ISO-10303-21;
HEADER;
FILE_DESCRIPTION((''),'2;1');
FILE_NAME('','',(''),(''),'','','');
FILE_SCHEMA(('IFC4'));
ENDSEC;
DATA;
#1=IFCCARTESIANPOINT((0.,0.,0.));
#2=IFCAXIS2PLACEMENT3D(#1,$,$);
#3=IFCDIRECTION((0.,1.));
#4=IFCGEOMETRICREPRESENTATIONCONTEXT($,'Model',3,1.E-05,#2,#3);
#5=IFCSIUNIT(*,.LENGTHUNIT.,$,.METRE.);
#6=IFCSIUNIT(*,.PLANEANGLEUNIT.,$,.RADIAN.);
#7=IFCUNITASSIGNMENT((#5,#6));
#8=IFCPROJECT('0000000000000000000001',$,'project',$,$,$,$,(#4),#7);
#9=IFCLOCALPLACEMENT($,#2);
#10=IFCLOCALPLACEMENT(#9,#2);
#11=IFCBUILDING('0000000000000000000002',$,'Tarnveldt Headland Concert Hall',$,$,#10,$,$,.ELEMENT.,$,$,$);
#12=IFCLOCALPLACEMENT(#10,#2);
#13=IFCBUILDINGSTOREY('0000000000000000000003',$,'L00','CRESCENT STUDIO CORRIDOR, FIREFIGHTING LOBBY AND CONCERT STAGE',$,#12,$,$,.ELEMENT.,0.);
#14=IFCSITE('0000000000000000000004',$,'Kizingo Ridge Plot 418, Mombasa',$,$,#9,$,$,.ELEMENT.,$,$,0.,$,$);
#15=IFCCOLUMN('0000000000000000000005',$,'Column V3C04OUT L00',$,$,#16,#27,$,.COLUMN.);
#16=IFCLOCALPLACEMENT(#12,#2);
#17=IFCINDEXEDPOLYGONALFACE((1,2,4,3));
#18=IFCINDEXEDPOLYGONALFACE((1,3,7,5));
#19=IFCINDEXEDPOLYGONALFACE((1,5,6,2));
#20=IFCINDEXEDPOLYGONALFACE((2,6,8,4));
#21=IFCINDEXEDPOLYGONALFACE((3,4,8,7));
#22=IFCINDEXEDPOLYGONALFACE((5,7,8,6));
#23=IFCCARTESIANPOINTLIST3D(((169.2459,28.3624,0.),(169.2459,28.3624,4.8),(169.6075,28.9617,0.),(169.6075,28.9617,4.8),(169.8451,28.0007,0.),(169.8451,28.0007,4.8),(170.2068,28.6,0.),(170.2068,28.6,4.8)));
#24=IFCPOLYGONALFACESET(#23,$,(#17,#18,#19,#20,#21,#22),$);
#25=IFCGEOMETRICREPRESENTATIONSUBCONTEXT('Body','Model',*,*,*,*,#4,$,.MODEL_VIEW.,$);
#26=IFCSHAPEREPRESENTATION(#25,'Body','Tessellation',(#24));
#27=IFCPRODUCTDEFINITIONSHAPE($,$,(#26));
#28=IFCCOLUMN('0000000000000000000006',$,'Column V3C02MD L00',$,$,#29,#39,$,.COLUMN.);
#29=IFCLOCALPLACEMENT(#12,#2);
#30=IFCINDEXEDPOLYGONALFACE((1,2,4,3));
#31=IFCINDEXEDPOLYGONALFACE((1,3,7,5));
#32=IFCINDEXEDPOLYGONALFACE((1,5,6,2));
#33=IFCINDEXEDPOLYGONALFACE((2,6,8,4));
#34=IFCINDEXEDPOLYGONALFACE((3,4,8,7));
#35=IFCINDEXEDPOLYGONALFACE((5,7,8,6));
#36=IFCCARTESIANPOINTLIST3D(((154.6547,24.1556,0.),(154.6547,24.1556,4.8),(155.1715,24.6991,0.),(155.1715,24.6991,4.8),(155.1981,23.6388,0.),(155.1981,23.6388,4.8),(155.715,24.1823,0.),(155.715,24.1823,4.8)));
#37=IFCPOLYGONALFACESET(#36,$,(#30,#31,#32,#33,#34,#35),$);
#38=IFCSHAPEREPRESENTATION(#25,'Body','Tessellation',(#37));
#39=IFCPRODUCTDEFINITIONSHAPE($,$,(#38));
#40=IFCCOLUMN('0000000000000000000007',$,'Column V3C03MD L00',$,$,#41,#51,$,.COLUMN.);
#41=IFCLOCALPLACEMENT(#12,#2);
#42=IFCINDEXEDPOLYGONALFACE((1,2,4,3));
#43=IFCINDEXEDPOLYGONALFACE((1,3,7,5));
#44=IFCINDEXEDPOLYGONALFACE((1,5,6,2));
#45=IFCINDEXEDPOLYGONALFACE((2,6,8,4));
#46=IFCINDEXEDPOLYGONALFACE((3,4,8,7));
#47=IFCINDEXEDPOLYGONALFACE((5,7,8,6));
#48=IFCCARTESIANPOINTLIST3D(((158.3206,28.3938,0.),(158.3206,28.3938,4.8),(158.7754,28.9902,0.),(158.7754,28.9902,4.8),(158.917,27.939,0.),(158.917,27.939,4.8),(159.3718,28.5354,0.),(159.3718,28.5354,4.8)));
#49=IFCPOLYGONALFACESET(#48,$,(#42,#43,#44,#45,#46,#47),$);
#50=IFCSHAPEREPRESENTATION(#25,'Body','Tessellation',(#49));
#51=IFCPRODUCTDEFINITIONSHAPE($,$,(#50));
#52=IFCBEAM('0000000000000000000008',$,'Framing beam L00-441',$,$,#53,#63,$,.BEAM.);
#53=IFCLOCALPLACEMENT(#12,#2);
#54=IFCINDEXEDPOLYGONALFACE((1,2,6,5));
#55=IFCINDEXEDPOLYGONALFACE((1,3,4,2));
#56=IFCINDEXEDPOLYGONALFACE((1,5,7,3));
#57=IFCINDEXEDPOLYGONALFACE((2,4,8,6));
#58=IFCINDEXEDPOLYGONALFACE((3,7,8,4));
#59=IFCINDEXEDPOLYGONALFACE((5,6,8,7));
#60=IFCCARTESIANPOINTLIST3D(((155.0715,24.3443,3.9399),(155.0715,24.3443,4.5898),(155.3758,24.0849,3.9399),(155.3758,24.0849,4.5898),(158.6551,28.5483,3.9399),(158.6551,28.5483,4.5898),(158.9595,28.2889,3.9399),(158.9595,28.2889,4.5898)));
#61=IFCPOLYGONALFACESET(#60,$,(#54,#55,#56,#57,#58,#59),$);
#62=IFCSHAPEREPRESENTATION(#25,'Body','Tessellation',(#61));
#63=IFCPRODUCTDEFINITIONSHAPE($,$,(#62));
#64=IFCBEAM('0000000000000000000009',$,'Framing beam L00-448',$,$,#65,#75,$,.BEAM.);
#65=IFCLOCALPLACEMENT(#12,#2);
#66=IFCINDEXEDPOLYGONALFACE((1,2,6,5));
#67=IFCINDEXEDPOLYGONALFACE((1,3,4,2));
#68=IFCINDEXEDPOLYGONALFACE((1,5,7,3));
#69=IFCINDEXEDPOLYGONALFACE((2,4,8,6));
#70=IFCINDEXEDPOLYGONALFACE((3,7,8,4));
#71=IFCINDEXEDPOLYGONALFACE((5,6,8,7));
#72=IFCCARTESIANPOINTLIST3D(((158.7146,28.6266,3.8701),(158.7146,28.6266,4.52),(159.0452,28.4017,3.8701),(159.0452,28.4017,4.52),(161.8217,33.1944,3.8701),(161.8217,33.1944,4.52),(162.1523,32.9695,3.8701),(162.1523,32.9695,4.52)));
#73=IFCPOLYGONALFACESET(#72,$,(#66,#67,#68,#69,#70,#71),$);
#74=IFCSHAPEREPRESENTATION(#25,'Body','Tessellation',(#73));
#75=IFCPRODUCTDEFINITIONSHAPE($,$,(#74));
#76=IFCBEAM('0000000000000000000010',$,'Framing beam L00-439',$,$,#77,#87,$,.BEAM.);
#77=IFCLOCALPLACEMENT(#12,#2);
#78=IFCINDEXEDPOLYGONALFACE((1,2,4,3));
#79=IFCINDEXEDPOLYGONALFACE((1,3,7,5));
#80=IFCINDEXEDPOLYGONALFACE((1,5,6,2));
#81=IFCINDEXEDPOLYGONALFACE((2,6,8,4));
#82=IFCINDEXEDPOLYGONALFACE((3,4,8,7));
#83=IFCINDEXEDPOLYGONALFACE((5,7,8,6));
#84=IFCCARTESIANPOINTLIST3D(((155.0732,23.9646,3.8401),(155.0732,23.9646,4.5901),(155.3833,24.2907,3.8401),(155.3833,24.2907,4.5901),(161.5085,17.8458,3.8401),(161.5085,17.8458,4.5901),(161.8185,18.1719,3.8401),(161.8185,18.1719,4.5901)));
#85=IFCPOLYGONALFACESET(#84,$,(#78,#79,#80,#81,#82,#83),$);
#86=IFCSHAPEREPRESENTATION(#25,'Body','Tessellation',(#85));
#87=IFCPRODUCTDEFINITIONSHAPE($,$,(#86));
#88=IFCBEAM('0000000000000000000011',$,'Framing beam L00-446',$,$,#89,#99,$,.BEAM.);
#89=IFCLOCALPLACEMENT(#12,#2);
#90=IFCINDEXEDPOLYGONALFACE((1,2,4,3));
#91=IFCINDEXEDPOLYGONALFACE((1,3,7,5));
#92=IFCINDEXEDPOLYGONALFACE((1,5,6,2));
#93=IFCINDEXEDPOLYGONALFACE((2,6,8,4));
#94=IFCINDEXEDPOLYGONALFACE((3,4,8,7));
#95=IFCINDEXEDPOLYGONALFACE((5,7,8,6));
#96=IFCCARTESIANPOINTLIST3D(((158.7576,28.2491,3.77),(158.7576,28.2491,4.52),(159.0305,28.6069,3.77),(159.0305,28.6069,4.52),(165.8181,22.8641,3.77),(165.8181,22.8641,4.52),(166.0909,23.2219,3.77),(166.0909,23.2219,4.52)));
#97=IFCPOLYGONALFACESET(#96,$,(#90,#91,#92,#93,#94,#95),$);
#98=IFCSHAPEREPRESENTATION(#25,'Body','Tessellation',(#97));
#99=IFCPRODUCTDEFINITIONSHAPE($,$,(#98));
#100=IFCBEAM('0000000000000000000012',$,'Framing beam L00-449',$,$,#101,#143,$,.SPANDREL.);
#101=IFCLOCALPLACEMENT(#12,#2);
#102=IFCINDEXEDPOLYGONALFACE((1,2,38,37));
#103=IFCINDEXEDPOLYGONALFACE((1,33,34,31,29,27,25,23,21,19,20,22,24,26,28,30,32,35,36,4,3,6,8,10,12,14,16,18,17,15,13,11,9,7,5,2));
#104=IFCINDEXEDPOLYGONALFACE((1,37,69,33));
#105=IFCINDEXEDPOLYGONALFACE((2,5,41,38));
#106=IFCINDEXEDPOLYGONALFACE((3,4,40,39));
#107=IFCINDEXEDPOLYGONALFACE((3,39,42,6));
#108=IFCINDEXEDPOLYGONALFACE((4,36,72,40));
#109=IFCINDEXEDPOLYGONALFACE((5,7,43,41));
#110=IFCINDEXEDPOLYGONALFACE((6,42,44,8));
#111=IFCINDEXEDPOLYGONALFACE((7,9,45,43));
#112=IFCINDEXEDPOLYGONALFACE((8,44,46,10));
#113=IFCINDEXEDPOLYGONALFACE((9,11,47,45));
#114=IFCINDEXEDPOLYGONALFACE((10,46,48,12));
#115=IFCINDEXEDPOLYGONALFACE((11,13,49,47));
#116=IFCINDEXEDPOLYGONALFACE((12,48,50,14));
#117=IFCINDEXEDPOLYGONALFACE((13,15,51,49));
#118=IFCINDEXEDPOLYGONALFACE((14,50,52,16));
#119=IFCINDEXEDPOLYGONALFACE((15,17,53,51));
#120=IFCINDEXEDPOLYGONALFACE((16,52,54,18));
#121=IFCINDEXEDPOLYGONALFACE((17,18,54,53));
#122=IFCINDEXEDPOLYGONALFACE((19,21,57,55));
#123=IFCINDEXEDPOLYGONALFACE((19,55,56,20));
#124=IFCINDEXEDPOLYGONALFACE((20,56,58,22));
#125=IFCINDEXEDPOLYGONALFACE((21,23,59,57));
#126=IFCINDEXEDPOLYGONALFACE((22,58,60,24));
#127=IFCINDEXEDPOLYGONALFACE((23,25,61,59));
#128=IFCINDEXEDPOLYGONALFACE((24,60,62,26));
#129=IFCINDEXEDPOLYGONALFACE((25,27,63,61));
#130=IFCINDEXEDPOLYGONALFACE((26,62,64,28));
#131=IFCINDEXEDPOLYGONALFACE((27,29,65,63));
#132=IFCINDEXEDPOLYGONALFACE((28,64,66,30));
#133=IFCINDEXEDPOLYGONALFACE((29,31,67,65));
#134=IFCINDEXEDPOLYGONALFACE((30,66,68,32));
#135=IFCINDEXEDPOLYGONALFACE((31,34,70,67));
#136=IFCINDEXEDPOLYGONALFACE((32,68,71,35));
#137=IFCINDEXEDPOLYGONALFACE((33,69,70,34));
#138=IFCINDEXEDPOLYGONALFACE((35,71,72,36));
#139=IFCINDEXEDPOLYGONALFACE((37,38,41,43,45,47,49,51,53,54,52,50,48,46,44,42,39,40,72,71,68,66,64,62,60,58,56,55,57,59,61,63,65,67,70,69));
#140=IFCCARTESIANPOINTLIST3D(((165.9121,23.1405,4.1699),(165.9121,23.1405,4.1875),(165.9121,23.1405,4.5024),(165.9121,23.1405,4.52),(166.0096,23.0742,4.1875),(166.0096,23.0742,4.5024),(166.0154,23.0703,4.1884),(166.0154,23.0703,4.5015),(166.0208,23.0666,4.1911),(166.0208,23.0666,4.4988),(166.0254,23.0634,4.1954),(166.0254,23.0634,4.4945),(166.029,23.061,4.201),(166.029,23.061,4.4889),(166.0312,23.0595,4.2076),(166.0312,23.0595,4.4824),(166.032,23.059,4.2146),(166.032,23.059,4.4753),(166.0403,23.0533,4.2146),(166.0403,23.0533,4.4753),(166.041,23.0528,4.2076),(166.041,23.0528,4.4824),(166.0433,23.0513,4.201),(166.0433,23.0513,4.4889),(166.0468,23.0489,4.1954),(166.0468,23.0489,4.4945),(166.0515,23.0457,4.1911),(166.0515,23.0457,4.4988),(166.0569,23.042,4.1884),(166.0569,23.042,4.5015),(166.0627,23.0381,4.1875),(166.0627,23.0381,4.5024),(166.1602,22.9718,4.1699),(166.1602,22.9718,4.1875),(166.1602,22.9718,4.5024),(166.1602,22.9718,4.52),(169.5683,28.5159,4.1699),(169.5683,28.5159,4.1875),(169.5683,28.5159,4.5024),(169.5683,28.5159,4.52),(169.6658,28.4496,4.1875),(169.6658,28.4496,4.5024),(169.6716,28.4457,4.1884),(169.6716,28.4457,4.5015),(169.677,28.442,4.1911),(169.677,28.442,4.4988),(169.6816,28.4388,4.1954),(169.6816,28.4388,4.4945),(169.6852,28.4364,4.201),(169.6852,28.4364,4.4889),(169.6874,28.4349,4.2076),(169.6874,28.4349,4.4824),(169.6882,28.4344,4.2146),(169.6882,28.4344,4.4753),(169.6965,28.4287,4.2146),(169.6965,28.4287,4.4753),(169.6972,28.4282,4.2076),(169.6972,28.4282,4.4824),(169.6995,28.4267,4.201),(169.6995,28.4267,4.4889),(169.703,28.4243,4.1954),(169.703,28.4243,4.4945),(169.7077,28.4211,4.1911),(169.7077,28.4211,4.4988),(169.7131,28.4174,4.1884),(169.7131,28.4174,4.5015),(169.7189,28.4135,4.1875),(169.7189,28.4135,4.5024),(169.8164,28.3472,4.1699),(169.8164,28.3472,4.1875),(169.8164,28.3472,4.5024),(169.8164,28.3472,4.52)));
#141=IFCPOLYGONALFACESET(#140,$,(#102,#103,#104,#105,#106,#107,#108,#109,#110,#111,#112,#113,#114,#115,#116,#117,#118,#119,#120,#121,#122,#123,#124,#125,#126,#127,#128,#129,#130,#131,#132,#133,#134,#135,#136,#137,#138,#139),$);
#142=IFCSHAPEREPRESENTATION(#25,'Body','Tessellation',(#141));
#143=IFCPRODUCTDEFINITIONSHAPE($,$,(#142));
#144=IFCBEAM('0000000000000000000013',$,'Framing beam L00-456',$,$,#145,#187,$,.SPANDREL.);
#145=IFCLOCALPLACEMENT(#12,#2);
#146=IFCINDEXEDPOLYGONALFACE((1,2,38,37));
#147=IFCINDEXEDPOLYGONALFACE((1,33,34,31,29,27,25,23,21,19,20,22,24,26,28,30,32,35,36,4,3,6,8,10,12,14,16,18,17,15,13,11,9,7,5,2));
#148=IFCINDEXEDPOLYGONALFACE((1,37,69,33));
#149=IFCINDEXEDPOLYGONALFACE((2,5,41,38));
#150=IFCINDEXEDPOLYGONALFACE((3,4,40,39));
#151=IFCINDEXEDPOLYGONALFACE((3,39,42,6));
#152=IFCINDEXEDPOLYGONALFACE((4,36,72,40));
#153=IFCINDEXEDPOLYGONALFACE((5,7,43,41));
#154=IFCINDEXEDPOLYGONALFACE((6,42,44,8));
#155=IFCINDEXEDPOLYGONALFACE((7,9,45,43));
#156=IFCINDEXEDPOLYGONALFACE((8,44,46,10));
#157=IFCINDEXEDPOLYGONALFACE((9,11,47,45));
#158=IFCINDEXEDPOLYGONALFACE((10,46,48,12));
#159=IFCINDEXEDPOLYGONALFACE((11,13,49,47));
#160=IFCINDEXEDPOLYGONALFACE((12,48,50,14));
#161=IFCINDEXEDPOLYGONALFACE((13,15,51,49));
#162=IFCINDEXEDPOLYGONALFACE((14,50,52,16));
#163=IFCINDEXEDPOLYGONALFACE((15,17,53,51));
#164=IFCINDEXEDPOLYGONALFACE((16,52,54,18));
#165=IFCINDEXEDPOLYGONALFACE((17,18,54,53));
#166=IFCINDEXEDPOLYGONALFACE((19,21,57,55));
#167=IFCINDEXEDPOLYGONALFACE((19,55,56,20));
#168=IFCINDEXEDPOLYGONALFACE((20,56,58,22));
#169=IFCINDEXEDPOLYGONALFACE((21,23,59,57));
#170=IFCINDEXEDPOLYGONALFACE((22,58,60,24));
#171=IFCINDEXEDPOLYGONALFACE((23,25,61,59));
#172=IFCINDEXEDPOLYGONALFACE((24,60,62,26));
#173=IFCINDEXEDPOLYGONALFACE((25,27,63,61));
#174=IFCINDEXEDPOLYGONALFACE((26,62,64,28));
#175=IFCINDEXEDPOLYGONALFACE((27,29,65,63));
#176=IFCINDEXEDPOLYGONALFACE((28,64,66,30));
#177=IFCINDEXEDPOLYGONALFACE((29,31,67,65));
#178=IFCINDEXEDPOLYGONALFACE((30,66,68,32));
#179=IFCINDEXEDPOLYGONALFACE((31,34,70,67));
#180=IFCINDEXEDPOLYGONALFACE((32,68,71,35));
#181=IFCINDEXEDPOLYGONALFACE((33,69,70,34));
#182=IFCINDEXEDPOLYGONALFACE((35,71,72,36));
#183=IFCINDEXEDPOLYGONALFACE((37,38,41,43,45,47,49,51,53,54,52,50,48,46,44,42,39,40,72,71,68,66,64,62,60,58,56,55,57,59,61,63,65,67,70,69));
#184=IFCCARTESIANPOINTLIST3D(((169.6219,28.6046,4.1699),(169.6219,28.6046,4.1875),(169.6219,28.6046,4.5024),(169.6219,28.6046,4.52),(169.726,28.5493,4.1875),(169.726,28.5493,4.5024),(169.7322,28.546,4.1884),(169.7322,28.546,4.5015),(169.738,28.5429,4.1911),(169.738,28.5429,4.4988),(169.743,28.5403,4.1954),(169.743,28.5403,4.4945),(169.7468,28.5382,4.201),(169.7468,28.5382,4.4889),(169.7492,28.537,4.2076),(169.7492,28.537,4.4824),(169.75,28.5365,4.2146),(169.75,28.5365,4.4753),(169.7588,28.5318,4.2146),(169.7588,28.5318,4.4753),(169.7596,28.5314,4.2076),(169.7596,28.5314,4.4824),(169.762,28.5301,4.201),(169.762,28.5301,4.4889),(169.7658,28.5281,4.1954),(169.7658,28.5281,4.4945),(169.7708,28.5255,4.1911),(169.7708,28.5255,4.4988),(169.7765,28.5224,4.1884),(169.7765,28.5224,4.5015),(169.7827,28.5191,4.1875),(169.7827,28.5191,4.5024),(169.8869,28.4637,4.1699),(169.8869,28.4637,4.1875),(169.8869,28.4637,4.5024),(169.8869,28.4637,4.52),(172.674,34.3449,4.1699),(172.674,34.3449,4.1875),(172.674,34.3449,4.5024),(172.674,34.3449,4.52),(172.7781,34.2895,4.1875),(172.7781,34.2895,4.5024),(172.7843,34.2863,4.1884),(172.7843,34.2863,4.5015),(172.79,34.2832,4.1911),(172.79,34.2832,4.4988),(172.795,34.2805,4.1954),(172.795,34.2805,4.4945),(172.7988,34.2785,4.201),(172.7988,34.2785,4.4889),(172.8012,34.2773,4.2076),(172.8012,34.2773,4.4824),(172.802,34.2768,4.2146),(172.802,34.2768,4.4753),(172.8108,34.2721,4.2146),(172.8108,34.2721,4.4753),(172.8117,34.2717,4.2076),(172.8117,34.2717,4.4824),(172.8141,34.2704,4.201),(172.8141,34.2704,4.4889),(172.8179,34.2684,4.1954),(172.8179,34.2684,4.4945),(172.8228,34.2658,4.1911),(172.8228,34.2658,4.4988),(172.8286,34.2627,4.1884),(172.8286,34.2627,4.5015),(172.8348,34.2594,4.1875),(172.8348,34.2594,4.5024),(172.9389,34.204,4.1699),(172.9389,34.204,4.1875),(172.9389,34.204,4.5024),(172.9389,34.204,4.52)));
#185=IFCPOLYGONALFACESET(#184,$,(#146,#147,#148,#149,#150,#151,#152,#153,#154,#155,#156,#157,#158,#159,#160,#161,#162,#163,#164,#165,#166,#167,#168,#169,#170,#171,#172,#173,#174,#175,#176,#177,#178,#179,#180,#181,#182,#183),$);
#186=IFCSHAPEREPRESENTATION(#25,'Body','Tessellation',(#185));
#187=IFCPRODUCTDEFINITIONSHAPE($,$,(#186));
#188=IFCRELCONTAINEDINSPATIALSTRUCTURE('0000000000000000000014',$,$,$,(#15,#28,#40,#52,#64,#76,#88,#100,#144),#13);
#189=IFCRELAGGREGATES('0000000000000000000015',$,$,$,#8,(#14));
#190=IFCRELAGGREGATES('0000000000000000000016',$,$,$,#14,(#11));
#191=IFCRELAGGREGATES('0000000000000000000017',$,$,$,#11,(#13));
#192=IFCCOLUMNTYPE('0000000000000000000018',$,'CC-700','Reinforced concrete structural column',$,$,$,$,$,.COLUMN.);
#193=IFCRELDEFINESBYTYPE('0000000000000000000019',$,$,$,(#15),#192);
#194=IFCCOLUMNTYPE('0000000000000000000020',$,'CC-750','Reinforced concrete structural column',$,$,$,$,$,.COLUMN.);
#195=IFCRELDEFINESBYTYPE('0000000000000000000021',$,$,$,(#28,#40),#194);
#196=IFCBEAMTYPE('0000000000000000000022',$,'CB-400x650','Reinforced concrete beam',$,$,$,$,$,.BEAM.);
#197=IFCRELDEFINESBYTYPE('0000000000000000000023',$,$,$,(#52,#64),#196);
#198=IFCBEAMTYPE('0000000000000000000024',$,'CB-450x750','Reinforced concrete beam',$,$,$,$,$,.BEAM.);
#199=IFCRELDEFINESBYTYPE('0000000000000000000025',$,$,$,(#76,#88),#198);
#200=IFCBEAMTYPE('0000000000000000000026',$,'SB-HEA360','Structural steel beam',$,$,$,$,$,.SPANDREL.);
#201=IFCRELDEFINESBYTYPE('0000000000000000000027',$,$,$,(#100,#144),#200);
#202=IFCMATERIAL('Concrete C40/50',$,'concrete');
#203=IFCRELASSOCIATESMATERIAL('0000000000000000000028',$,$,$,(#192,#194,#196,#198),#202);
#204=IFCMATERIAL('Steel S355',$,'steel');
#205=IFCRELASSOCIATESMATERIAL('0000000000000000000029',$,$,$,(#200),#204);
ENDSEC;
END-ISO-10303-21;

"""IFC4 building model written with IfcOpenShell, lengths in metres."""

from ifc_helpers import new_model, si_unit, direction, frame, origin, origin_2d, place, context, subcontext, project, spatial, rectangle, i_section, extrude, material, material_profile, profile_set, type_object, element, save


model = new_model("IFC4")

# Units and contexts
model_context = context("Model", 3, precision=1e-05, world=origin(), true_north=direction((0.0, 1.0)))
body_context = subcontext(model_context, "Body", "Model", "MODEL_VIEW")
ifc_project = project(units=[si_unit("LENGTHUNIT", "METRE"), si_unit("PLANEANGLEUNIT", "RADIAN")], contexts=[model_context])

# Site, building, storey
site_placement = place(None, origin())
site = spatial("IfcSite", under=ifc_project, at=site_placement, Name="Kizingo Ridge Plot 418, Mombasa", CompositionType="ELEMENT", RefElevation=0.0)
building_placement = place(site_placement, origin())
building = spatial("IfcBuilding", under=site, at=building_placement, Name="Tarnveldt Headland Concert Hall", CompositionType="ELEMENT")
storey_placement = place(building_placement, origin())
storey = spatial("IfcBuildingStorey", under=building, at=storey_placement, Name="L00", Description="CRESCENT STUDIO CORRIDOR, FIREFIGHTING LOBBY AND CONCERT STAGE", CompositionType="ELEMENT", Elevation=0.0)

# Columns
ifc_material_1 = material(Name="Concrete C40/50", Category="concrete")
ifc_material_profile_1 = material_profile(ifc_material_1, rectangle(XDim=0.7, YDim=0.7, at=origin_2d()), Name="RC 700x700", Category="concrete")
ifc_profile_set_1 = profile_set([ifc_material_profile_1], Name="Concrete C40/50")
column_type_1 = type_object("IfcColumnType", Name="CC-700", Description="Reinforced concrete structural column", PredefinedType="COLUMN", material=ifc_profile_set_1)
column_placement = place(storey_placement, frame((169.7263, 28.4812, 0.0), z_axis=(0.0, 0.0, 1.0), x_axis=(0.856177, -0.516683, 0.0)))
element("IfcColumn", 1, at=column_placement, inside=storey, type_object=column_type_1, Name="Column V3C04OUT L00", PredefinedType="COLUMN", context=body_context, shape_type="SweptSolid", body=[
    extrude(rectangle(XDim=0.7, YDim=0.7, at=origin_2d()), origin(), (0.0, 0.0, 1.0), 4.8),
])
ifc_material_profile_2 = material_profile(ifc_material_1, rectangle(XDim=0.75, YDim=0.75, at=origin_2d()), Name="RC 750x750", Category="concrete")
ifc_profile_set_2 = profile_set([ifc_material_profile_2], Name="Concrete C40/50")
column_type_2 = type_object("IfcColumnType", Name="CC-750", Description="Reinforced concrete structural column", PredefinedType="COLUMN", material=ifc_profile_set_2)
for number, where, z_axis, x_axis, name in (
    (2, (155.1848, 24.1689, 0.0), (0.0, 0.0, 1.0), (0.724653, -0.689114, 0.0), "Column V3C02MD L00"),
    (3, (158.8462, 28.4646, 0.0), (0.0, 0.0, 1.0), (0.795156, -0.606405, 0.0), "Column V3C03MD L00"),
):
    element("IfcColumn", number, at=place(storey_placement, frame(where, z_axis=z_axis, x_axis=x_axis)), inside=storey, type_object=column_type_2, Name=name, PredefinedType="COLUMN", context=body_context, shape_type="SweptSolid", body=[
        extrude(rectangle(XDim=0.75, YDim=0.75, at=origin_2d()), origin(), (0.0, 0.0, 1.0), 4.8),
    ])

# Beams
ifc_material_profile_3 = material_profile(ifc_material_1, rectangle(XDim=0.3999, YDim=0.6499, at=origin_2d()), Name="RC 400x650", Category="concrete")
ifc_profile_set_3 = profile_set([ifc_material_profile_3], Name="Concrete C40/50")
beam_type_1 = type_object("IfcBeamType", Name="CB-400x650", Description="Reinforced concrete beam", PredefinedType="BEAM", material=ifc_profile_set_3)
beam_1_placement = place(storey_placement, frame((155.2236, 24.2146, 4.2649), z_axis=(0.648725, 0.761023, 0.0), x_axis=(-0.761023, 0.648725, 0.0)))
element("IfcBeam", 4, at=beam_1_placement, inside=storey, type_object=beam_type_1, Name="Framing beam L00-441", PredefinedType="BEAM", context=body_context, shape_type="SweptSolid", body=[
    extrude(rectangle(XDim=0.3999, YDim=0.6499, at=origin_2d()), origin(), (0.0, 0.0, 1.0), 5.5242),
])
beam_2_placement = place(storey_placement, frame((158.8799, 28.5142, 4.1951), z_axis=(0.562437, 0.82684, 0.0), x_axis=(-0.82684, 0.562437, 0.0)))
element("IfcBeam", 5, at=beam_2_placement, inside=storey, type_object=beam_type_1, Name="Framing beam L00-448", PredefinedType="BEAM", context=body_context, shape_type="SweptSolid", body=[
    extrude(rectangle(XDim=0.3999, YDim=0.6499, at=origin_2d()), origin(), (0.0, 0.0, 1.0), 5.5244),
])
ifc_material_profile_4 = material_profile(ifc_material_1, rectangle(XDim=0.45, YDim=0.75, at=origin_2d()), Name="RC 450x750", Category="concrete")
ifc_profile_set_4 = profile_set([ifc_material_profile_4], Name="Concrete C40/50")
beam_type_2 = type_object("IfcBeamType", Name="CB-450x750", Description="Reinforced concrete beam", PredefinedType="BEAM", material=ifc_profile_set_4)
beam_3_placement = place(storey_placement, frame((155.2283, 24.1277, 4.2151), z_axis=(0.724698, -0.689067, 0.0), x_axis=(0.689067, 0.724698, 0.0)))
element("IfcBeam", 6, at=beam_3_placement, inside=storey, type_object=beam_type_2, Name="Framing beam L00-439", PredefinedType="BEAM", context=body_context, shape_type="SweptSolid", body=[
    extrude(rectangle(XDim=0.45, YDim=0.75, at=origin_2d()), origin(), (0.0, 0.0, 1.0), 8.8799),
])
beam_4_placement = place(storey_placement, frame((158.894, 28.428, 4.145), z_axis=(0.795131, -0.606438, 0.0), x_axis=(0.606438, 0.795131, 0.0)))
element("IfcBeam", 7, at=beam_4_placement, inside=storey, type_object=beam_type_2, Name="Framing beam L00-446", PredefinedType="BEAM", context=body_context, shape_type="SweptSolid", body=[
    extrude(rectangle(XDim=0.45, YDim=0.75, at=origin_2d()), origin(), (0.0, 0.0, 1.0), 8.8796),
])
ifc_material_2 = material(Name="Steel S355", Category="steel")
ifc_material_profile_5 = material_profile(ifc_material_2, i_section(OverallWidth=0.3, OverallDepth=0.3501, WebThickness=0.01, FlangeThickness=0.0176, FilletRadius=0.0271, at=origin_2d()), Name="HEA360", Category="steel")
ifc_profile_set_5 = profile_set([ifc_material_profile_5], Name="Steel S355")
beam_type_3 = type_object("IfcBeamType", Name="SB-HEA360", Description="Structural steel beam", PredefinedType="SPANDREL", material=ifc_profile_set_5)
beam_5_placement = place(storey_placement, frame((166.0361, 23.0562, 4.345), z_axis=(0.562407, 0.826861, 0.0), x_axis=(-0.826861, 0.562407, 0.0)))
element("IfcBeam", 8, at=beam_5_placement, inside=storey, type_object=beam_type_3, Name="Framing beam L00-449", PredefinedType="SPANDREL", context=body_context, shape_type="SweptSolid", body=[
    extrude(i_section(OverallWidth=0.3, OverallDepth=0.3501, WebThickness=0.01, FlangeThickness=0.0176, FilletRadius=0.0271, at=origin_2d()), origin(), (0.0, 0.0, 1.0), 6.501),
])
beam_6_placement = place(storey_placement, frame((169.7544, 28.5342, 4.345), z_axis=(0.469455, 0.882956, 0.0), x_axis=(-0.882956, 0.469455, 0.0)))
element("IfcBeam", 9, at=beam_6_placement, inside=storey, type_object=beam_type_3, Name="Framing beam L00-456", PredefinedType="SPANDREL", context=body_context, shape_type="SweptSolid", body=[
    extrude(i_section(OverallWidth=0.3, OverallDepth=0.3501, WebThickness=0.01, FlangeThickness=0.0176, FilletRadius=0.0271, at=origin_2d()), origin(), (0.0, 0.0, 1.0), 6.5012),
])

save(model, "model.ifc")
